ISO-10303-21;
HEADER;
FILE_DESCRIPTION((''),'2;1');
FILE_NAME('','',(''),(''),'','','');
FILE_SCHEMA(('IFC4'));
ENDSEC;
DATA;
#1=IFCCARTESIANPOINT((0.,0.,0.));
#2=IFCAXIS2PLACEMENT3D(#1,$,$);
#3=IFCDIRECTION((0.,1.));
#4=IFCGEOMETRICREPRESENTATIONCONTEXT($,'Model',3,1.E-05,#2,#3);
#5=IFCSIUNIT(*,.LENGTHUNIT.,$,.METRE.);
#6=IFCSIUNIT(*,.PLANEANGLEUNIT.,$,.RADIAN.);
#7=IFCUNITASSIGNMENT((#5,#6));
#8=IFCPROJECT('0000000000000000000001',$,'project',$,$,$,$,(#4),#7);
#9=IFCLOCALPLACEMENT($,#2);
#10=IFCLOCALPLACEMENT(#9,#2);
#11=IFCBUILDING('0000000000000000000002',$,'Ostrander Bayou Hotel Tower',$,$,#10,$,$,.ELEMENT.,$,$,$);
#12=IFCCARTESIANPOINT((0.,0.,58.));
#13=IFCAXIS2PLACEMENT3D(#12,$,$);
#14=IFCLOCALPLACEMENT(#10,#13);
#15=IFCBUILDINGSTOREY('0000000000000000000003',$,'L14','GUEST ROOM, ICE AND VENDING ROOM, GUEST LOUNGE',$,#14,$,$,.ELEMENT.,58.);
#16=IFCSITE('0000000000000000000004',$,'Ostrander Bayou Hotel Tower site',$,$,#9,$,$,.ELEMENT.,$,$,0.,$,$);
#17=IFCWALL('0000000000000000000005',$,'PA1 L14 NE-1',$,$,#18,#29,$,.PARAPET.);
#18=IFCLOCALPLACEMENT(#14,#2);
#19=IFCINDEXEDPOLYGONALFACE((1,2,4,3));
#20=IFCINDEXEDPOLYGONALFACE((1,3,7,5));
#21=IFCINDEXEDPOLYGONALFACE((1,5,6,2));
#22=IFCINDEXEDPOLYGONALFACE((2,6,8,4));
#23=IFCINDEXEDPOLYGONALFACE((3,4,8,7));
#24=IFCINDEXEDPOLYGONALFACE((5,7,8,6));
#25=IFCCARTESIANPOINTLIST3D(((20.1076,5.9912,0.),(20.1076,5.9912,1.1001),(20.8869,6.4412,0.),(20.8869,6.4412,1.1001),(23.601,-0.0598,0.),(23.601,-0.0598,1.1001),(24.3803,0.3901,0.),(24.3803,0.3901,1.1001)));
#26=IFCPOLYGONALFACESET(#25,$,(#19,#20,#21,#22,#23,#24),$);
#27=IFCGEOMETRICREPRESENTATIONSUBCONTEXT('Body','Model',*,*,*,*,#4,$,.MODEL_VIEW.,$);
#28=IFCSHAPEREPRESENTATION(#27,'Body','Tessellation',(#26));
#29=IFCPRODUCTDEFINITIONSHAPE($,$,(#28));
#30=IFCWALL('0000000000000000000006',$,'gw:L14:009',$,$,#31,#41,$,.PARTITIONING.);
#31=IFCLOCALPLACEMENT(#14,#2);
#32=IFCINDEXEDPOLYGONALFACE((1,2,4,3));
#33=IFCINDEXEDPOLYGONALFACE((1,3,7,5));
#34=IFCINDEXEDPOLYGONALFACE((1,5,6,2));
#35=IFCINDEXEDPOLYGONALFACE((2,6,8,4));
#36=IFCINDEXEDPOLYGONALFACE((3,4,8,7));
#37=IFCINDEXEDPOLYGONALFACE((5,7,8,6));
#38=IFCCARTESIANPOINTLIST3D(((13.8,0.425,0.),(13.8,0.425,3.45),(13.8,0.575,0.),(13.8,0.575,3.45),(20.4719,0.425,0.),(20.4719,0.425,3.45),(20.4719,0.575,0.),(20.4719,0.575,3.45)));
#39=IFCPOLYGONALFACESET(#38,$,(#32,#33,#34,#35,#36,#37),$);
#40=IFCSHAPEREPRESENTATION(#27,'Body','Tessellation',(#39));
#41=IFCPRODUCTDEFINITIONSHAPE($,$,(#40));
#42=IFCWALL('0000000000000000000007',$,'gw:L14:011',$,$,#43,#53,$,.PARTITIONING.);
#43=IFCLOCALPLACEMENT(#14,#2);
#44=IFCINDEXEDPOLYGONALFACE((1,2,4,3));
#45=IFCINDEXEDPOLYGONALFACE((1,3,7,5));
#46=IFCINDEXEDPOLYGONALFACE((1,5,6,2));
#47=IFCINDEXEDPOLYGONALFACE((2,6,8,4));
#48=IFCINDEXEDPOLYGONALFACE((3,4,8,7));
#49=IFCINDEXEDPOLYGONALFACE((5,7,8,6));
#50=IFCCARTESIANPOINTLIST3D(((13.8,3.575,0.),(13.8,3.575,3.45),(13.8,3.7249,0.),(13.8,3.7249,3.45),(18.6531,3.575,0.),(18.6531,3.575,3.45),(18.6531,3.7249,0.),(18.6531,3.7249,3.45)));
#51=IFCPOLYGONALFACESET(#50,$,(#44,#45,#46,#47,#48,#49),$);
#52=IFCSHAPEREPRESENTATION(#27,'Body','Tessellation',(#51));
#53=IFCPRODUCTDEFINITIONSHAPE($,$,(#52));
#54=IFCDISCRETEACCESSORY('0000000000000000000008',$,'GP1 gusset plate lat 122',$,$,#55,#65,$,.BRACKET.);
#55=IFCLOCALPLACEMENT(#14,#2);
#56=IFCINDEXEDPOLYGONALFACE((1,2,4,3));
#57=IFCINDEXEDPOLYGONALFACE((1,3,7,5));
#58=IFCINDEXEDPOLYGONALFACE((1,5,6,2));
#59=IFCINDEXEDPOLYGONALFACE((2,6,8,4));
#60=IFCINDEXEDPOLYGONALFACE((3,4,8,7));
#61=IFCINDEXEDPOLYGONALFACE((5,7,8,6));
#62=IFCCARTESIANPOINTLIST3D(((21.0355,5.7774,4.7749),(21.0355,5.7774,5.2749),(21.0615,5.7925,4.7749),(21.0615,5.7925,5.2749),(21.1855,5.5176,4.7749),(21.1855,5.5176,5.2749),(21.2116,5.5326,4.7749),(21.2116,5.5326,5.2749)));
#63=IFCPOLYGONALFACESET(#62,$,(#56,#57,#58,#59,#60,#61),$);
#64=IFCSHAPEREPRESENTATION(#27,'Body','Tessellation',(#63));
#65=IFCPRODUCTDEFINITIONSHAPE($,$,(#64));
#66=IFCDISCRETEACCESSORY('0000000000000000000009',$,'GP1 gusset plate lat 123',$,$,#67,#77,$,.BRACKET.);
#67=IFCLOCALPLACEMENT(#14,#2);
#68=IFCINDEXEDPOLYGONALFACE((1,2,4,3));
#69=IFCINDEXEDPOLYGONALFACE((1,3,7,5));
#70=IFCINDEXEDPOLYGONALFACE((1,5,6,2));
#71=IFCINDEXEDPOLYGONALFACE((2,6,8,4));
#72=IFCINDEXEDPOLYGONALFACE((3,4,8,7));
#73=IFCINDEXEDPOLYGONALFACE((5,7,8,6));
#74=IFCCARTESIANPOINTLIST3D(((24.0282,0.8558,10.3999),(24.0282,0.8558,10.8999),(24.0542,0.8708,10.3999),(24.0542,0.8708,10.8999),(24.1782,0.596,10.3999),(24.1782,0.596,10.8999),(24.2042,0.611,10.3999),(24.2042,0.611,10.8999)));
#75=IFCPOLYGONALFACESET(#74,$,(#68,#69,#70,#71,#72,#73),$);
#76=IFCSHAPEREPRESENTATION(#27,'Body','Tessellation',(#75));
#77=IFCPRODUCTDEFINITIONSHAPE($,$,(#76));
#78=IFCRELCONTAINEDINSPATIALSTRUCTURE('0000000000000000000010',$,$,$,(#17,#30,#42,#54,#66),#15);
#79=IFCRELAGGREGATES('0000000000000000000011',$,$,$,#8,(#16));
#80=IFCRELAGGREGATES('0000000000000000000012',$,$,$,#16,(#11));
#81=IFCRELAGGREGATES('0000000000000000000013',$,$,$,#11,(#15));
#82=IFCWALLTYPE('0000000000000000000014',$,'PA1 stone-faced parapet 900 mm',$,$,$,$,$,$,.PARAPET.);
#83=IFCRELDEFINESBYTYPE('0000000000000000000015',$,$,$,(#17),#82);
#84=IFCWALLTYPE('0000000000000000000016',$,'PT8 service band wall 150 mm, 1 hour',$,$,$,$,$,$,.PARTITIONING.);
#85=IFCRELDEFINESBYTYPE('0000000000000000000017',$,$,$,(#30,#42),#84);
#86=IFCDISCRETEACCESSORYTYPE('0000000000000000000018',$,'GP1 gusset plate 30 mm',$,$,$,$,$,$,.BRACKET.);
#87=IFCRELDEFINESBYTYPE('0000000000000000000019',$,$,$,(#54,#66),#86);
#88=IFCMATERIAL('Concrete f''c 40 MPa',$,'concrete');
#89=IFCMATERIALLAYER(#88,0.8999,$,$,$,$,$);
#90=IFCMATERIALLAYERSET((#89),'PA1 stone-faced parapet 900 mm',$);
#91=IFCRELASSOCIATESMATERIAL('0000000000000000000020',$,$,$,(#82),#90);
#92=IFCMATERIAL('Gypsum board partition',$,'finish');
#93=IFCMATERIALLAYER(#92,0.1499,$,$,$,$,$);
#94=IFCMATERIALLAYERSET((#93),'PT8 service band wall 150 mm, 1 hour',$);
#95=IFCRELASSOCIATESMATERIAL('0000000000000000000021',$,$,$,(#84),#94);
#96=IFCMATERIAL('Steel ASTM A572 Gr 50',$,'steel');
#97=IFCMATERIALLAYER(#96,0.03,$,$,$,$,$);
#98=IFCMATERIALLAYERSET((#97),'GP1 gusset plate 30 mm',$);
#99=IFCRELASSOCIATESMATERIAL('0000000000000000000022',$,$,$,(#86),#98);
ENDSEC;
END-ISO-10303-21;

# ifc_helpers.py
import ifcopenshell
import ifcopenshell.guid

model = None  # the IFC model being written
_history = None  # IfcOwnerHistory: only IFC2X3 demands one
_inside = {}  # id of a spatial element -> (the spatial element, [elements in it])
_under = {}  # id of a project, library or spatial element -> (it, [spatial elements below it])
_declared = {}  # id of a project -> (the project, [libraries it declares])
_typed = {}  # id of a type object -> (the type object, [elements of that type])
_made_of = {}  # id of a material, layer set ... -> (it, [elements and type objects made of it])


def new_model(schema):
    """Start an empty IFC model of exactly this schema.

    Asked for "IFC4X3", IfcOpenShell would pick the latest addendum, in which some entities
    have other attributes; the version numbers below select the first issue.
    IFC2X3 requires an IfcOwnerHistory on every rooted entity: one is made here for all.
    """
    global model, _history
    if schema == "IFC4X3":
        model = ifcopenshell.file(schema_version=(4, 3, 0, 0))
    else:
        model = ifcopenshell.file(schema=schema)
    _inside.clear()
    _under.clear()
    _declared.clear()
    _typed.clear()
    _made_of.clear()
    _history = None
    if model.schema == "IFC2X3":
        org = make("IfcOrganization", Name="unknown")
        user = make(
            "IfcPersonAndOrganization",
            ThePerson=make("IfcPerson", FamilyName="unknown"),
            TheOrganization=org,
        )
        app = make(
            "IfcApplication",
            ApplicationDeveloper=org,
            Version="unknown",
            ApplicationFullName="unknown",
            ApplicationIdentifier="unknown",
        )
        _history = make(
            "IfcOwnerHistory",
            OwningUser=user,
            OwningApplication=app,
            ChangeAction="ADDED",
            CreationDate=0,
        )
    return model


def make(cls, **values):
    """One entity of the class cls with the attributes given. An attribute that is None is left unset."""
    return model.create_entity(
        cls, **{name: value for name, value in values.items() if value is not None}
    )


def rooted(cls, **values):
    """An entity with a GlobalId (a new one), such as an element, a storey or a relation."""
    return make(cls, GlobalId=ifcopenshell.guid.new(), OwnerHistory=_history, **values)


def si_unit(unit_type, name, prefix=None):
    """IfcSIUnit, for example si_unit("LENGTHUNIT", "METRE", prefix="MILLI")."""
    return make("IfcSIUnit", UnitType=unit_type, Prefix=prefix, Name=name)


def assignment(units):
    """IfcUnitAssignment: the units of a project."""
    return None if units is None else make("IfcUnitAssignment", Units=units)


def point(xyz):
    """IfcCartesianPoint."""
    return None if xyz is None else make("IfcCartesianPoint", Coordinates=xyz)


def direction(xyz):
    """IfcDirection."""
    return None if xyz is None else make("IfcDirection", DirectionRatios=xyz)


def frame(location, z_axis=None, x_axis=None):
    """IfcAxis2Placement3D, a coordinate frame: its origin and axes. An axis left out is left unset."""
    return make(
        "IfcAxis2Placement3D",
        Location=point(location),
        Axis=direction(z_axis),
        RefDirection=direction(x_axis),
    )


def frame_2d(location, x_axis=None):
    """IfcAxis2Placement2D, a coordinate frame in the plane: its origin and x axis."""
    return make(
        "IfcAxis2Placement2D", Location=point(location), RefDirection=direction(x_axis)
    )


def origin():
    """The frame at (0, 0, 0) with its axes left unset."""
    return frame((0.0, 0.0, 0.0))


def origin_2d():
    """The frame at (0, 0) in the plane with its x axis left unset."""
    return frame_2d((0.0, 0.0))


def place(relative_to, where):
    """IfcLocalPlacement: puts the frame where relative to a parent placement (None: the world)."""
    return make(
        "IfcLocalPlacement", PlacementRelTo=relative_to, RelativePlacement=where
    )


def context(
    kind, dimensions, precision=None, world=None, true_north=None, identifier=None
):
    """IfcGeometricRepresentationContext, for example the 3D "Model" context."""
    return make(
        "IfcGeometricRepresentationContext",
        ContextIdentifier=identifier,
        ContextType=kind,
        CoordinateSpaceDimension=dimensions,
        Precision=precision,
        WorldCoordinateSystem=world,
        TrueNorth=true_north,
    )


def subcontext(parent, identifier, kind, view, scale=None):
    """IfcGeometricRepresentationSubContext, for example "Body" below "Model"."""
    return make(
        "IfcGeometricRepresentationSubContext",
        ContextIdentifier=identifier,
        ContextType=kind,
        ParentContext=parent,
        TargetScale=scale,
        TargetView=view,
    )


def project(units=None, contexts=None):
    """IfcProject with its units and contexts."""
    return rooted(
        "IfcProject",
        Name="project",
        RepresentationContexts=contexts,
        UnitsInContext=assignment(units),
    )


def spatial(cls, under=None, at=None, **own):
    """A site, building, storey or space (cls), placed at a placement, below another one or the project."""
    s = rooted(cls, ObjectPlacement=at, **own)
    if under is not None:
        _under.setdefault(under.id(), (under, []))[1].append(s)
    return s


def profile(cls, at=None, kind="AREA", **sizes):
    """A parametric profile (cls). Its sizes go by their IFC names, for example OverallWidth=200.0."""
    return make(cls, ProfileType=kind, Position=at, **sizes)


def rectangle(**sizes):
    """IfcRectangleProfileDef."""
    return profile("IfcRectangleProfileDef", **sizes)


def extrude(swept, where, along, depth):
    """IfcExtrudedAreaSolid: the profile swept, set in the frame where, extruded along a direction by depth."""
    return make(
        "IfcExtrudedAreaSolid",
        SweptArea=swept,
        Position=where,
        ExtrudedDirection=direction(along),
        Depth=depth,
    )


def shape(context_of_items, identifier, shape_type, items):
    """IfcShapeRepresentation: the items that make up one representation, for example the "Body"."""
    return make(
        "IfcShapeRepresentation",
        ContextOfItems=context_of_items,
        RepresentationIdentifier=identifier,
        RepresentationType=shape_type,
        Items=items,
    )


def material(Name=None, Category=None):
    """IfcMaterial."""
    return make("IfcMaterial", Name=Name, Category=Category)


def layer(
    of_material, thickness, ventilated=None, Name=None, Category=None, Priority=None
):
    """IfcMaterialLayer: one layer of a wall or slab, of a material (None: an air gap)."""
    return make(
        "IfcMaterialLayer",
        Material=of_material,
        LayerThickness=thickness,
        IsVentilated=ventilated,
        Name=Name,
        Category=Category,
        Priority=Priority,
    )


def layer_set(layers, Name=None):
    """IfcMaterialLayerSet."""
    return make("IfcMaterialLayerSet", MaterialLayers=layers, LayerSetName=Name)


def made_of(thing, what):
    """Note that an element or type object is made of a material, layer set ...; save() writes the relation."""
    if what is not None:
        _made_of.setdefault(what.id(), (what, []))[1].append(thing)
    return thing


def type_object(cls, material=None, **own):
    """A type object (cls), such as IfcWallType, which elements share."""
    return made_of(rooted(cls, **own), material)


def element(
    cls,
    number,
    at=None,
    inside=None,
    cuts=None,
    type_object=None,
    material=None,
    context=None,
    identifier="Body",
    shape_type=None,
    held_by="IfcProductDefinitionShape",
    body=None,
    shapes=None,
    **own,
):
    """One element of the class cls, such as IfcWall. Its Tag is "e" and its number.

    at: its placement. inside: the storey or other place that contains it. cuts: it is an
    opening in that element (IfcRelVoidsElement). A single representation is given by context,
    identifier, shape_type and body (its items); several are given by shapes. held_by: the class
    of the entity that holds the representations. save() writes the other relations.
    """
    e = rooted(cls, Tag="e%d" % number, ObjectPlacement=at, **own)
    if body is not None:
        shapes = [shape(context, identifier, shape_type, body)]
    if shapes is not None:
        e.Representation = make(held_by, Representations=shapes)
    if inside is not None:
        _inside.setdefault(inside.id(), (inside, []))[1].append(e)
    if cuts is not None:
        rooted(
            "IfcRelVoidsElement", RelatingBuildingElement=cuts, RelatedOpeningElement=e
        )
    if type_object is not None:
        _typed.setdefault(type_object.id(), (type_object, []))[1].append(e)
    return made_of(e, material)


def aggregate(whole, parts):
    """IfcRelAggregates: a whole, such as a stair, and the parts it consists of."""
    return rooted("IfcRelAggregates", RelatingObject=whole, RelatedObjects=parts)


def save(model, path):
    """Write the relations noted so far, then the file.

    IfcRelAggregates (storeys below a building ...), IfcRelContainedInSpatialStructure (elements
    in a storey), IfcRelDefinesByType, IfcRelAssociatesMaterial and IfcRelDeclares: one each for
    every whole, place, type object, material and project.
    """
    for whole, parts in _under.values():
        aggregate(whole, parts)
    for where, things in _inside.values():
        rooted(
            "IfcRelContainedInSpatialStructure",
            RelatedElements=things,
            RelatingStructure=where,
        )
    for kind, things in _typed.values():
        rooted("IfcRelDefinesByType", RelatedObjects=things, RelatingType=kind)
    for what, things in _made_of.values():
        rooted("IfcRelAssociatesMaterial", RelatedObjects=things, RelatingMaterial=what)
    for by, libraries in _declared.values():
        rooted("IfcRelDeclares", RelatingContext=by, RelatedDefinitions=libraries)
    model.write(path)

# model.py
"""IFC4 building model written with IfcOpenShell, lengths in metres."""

from ifc_helpers import new_model, si_unit, direction, frame, frame_2d, origin, origin_2d, place, context, subcontext, project, spatial, rectangle, extrude, material, layer, layer_set, type_object, element, save


model = new_model("IFC4")

# Units and contexts
model_context = context("Model", 3, precision=1e-05, world=origin(), true_north=direction((0.0, 1.0)))
body_context = subcontext(model_context, "Body", "Model", "MODEL_VIEW")
ifc_project = project(units=[si_unit("LENGTHUNIT", "METRE"), si_unit("PLANEANGLEUNIT", "RADIAN")], contexts=[model_context])

# Site, building, storey
site_placement = place(None, origin())
site = spatial("IfcSite", under=ifc_project, at=site_placement, Name="Ostrander Bayou Hotel Tower site", CompositionType="ELEMENT", RefElevation=0.0)
building_placement = place(site_placement, origin())
building = spatial("IfcBuilding", under=site, at=building_placement, Name="Ostrander Bayou Hotel Tower", CompositionType="ELEMENT")
storey_placement = place(building_placement, frame((0.0, 0.0, 58.0)))
storey = spatial("IfcBuildingStorey", under=building, at=storey_placement, Name="L14", Description="GUEST ROOM, ICE AND VENDING ROOM, GUEST LOUNGE", CompositionType="ELEMENT", Elevation=58.0)

# Walls
ifc_material_1 = material(Name="Concrete f'c 40 MPa", Category="concrete")
ifc_layer_1 = layer(ifc_material_1, 0.8999)
ifc_layer_set_1 = layer_set([ifc_layer_1], Name="PA1 stone-faced parapet 900 mm")
wall_type_1 = type_object("IfcWallType", Name="PA1 stone-faced parapet 900 mm", PredefinedType="PARAPET", material=ifc_layer_set_1)
wall_1_placement = place(storey_placement, frame((23.9907, 0.165, 0.0), z_axis=(0.0, 0.0, 1.0), x_axis=(-0.499984, 0.866035, 0.0)))
element("IfcWall", 1, at=wall_1_placement, inside=storey, type_object=wall_type_1, Name="PA1 L14 NE-1", PredefinedType="PARAPET", context=body_context, shape_type="SweptSolid", body=[
    extrude(rectangle(XDim=6.9871, YDim=0.8999, at=frame_2d((3.4937, 0.0))), origin(), (0.0, 0.0, 1.0), 1.1001),
])
ifc_material_2 = material(Name="Gypsum board partition", Category="finish")
ifc_layer_2 = layer(ifc_material_2, 0.1499)
ifc_layer_set_2 = layer_set([ifc_layer_2], Name="PT8 service band wall 150 mm, 1 hour")
wall_type_2 = type_object("IfcWallType", Name="PT8 service band wall 150 mm, 1 hour", PredefinedType="PARTITIONING", material=ifc_layer_set_2)
wall_2_placement = place(storey_placement, frame((13.8, 0.5, 0.0), z_axis=(0.0, 0.0, 1.0), x_axis=(1.0, 0.0, 0.0)))
element("IfcWall", 2, at=wall_2_placement, inside=storey, type_object=wall_type_2, Name="gw:L14:009", PredefinedType="PARTITIONING", context=body_context, shape_type="SweptSolid", body=[
    extrude(rectangle(XDim=6.6719, YDim=0.1499, at=frame_2d((3.3359, 0.0))), origin(), (0.0, 0.0, 1.0), 3.45),
])
wall_3_placement = place(storey_placement, frame((13.8, 3.6499, 0.0), z_axis=(0.0, 0.0, 1.0), x_axis=(1.0, 0.0, 0.0)))
element("IfcWall", 3, at=wall_3_placement, inside=storey, type_object=wall_type_2, Name="gw:L14:011", PredefinedType="PARTITIONING", context=body_context, shape_type="SweptSolid", body=[
    extrude(rectangle(XDim=4.853, YDim=0.1499, at=frame_2d((2.4265, 0.0))), origin(), (0.0, 0.0, 1.0), 3.45),
])

# Discrete accessories
ifc_material_3 = material(Name="Steel ASTM A572 Gr 50", Category="steel")
ifc_layer_3 = layer(ifc_material_3, 0.03)
ifc_layer_set_3 = layer_set([ifc_layer_3], Name="GP1 gusset plate 30 mm")
discrete_accessory_type = type_object("IfcDiscreteAccessoryType", Name="GP1 gusset plate 30 mm", PredefinedType="BRACKET", material=ifc_layer_set_3)
for number, where, z_axis, x_axis, name in (
    (4, (21.1235, 5.655, 4.7749), (0.0, 0.0, 1.0), (-0.5, 0.866025, 0.0), "GP1 gusset plate lat 122"),
    (5, (24.1162, 0.7334, 10.3999), (0.0, 0.0, 1.0), (-0.5, 0.866025, 0.0), "GP1 gusset plate lat 123"),
):
    element("IfcDiscreteAccessory", number, at=place(storey_placement, frame(where, z_axis=z_axis, x_axis=x_axis)), inside=storey, type_object=discrete_accessory_type, Name=name, PredefinedType="BRACKET", context=body_context, shape_type="SweptSolid", body=[
        extrude(rectangle(XDim=0.3, YDim=0.03, at=origin_2d()), origin(), (0.0, 0.0, 1.0), 0.5),
    ])

save(model, "model.ifc")
